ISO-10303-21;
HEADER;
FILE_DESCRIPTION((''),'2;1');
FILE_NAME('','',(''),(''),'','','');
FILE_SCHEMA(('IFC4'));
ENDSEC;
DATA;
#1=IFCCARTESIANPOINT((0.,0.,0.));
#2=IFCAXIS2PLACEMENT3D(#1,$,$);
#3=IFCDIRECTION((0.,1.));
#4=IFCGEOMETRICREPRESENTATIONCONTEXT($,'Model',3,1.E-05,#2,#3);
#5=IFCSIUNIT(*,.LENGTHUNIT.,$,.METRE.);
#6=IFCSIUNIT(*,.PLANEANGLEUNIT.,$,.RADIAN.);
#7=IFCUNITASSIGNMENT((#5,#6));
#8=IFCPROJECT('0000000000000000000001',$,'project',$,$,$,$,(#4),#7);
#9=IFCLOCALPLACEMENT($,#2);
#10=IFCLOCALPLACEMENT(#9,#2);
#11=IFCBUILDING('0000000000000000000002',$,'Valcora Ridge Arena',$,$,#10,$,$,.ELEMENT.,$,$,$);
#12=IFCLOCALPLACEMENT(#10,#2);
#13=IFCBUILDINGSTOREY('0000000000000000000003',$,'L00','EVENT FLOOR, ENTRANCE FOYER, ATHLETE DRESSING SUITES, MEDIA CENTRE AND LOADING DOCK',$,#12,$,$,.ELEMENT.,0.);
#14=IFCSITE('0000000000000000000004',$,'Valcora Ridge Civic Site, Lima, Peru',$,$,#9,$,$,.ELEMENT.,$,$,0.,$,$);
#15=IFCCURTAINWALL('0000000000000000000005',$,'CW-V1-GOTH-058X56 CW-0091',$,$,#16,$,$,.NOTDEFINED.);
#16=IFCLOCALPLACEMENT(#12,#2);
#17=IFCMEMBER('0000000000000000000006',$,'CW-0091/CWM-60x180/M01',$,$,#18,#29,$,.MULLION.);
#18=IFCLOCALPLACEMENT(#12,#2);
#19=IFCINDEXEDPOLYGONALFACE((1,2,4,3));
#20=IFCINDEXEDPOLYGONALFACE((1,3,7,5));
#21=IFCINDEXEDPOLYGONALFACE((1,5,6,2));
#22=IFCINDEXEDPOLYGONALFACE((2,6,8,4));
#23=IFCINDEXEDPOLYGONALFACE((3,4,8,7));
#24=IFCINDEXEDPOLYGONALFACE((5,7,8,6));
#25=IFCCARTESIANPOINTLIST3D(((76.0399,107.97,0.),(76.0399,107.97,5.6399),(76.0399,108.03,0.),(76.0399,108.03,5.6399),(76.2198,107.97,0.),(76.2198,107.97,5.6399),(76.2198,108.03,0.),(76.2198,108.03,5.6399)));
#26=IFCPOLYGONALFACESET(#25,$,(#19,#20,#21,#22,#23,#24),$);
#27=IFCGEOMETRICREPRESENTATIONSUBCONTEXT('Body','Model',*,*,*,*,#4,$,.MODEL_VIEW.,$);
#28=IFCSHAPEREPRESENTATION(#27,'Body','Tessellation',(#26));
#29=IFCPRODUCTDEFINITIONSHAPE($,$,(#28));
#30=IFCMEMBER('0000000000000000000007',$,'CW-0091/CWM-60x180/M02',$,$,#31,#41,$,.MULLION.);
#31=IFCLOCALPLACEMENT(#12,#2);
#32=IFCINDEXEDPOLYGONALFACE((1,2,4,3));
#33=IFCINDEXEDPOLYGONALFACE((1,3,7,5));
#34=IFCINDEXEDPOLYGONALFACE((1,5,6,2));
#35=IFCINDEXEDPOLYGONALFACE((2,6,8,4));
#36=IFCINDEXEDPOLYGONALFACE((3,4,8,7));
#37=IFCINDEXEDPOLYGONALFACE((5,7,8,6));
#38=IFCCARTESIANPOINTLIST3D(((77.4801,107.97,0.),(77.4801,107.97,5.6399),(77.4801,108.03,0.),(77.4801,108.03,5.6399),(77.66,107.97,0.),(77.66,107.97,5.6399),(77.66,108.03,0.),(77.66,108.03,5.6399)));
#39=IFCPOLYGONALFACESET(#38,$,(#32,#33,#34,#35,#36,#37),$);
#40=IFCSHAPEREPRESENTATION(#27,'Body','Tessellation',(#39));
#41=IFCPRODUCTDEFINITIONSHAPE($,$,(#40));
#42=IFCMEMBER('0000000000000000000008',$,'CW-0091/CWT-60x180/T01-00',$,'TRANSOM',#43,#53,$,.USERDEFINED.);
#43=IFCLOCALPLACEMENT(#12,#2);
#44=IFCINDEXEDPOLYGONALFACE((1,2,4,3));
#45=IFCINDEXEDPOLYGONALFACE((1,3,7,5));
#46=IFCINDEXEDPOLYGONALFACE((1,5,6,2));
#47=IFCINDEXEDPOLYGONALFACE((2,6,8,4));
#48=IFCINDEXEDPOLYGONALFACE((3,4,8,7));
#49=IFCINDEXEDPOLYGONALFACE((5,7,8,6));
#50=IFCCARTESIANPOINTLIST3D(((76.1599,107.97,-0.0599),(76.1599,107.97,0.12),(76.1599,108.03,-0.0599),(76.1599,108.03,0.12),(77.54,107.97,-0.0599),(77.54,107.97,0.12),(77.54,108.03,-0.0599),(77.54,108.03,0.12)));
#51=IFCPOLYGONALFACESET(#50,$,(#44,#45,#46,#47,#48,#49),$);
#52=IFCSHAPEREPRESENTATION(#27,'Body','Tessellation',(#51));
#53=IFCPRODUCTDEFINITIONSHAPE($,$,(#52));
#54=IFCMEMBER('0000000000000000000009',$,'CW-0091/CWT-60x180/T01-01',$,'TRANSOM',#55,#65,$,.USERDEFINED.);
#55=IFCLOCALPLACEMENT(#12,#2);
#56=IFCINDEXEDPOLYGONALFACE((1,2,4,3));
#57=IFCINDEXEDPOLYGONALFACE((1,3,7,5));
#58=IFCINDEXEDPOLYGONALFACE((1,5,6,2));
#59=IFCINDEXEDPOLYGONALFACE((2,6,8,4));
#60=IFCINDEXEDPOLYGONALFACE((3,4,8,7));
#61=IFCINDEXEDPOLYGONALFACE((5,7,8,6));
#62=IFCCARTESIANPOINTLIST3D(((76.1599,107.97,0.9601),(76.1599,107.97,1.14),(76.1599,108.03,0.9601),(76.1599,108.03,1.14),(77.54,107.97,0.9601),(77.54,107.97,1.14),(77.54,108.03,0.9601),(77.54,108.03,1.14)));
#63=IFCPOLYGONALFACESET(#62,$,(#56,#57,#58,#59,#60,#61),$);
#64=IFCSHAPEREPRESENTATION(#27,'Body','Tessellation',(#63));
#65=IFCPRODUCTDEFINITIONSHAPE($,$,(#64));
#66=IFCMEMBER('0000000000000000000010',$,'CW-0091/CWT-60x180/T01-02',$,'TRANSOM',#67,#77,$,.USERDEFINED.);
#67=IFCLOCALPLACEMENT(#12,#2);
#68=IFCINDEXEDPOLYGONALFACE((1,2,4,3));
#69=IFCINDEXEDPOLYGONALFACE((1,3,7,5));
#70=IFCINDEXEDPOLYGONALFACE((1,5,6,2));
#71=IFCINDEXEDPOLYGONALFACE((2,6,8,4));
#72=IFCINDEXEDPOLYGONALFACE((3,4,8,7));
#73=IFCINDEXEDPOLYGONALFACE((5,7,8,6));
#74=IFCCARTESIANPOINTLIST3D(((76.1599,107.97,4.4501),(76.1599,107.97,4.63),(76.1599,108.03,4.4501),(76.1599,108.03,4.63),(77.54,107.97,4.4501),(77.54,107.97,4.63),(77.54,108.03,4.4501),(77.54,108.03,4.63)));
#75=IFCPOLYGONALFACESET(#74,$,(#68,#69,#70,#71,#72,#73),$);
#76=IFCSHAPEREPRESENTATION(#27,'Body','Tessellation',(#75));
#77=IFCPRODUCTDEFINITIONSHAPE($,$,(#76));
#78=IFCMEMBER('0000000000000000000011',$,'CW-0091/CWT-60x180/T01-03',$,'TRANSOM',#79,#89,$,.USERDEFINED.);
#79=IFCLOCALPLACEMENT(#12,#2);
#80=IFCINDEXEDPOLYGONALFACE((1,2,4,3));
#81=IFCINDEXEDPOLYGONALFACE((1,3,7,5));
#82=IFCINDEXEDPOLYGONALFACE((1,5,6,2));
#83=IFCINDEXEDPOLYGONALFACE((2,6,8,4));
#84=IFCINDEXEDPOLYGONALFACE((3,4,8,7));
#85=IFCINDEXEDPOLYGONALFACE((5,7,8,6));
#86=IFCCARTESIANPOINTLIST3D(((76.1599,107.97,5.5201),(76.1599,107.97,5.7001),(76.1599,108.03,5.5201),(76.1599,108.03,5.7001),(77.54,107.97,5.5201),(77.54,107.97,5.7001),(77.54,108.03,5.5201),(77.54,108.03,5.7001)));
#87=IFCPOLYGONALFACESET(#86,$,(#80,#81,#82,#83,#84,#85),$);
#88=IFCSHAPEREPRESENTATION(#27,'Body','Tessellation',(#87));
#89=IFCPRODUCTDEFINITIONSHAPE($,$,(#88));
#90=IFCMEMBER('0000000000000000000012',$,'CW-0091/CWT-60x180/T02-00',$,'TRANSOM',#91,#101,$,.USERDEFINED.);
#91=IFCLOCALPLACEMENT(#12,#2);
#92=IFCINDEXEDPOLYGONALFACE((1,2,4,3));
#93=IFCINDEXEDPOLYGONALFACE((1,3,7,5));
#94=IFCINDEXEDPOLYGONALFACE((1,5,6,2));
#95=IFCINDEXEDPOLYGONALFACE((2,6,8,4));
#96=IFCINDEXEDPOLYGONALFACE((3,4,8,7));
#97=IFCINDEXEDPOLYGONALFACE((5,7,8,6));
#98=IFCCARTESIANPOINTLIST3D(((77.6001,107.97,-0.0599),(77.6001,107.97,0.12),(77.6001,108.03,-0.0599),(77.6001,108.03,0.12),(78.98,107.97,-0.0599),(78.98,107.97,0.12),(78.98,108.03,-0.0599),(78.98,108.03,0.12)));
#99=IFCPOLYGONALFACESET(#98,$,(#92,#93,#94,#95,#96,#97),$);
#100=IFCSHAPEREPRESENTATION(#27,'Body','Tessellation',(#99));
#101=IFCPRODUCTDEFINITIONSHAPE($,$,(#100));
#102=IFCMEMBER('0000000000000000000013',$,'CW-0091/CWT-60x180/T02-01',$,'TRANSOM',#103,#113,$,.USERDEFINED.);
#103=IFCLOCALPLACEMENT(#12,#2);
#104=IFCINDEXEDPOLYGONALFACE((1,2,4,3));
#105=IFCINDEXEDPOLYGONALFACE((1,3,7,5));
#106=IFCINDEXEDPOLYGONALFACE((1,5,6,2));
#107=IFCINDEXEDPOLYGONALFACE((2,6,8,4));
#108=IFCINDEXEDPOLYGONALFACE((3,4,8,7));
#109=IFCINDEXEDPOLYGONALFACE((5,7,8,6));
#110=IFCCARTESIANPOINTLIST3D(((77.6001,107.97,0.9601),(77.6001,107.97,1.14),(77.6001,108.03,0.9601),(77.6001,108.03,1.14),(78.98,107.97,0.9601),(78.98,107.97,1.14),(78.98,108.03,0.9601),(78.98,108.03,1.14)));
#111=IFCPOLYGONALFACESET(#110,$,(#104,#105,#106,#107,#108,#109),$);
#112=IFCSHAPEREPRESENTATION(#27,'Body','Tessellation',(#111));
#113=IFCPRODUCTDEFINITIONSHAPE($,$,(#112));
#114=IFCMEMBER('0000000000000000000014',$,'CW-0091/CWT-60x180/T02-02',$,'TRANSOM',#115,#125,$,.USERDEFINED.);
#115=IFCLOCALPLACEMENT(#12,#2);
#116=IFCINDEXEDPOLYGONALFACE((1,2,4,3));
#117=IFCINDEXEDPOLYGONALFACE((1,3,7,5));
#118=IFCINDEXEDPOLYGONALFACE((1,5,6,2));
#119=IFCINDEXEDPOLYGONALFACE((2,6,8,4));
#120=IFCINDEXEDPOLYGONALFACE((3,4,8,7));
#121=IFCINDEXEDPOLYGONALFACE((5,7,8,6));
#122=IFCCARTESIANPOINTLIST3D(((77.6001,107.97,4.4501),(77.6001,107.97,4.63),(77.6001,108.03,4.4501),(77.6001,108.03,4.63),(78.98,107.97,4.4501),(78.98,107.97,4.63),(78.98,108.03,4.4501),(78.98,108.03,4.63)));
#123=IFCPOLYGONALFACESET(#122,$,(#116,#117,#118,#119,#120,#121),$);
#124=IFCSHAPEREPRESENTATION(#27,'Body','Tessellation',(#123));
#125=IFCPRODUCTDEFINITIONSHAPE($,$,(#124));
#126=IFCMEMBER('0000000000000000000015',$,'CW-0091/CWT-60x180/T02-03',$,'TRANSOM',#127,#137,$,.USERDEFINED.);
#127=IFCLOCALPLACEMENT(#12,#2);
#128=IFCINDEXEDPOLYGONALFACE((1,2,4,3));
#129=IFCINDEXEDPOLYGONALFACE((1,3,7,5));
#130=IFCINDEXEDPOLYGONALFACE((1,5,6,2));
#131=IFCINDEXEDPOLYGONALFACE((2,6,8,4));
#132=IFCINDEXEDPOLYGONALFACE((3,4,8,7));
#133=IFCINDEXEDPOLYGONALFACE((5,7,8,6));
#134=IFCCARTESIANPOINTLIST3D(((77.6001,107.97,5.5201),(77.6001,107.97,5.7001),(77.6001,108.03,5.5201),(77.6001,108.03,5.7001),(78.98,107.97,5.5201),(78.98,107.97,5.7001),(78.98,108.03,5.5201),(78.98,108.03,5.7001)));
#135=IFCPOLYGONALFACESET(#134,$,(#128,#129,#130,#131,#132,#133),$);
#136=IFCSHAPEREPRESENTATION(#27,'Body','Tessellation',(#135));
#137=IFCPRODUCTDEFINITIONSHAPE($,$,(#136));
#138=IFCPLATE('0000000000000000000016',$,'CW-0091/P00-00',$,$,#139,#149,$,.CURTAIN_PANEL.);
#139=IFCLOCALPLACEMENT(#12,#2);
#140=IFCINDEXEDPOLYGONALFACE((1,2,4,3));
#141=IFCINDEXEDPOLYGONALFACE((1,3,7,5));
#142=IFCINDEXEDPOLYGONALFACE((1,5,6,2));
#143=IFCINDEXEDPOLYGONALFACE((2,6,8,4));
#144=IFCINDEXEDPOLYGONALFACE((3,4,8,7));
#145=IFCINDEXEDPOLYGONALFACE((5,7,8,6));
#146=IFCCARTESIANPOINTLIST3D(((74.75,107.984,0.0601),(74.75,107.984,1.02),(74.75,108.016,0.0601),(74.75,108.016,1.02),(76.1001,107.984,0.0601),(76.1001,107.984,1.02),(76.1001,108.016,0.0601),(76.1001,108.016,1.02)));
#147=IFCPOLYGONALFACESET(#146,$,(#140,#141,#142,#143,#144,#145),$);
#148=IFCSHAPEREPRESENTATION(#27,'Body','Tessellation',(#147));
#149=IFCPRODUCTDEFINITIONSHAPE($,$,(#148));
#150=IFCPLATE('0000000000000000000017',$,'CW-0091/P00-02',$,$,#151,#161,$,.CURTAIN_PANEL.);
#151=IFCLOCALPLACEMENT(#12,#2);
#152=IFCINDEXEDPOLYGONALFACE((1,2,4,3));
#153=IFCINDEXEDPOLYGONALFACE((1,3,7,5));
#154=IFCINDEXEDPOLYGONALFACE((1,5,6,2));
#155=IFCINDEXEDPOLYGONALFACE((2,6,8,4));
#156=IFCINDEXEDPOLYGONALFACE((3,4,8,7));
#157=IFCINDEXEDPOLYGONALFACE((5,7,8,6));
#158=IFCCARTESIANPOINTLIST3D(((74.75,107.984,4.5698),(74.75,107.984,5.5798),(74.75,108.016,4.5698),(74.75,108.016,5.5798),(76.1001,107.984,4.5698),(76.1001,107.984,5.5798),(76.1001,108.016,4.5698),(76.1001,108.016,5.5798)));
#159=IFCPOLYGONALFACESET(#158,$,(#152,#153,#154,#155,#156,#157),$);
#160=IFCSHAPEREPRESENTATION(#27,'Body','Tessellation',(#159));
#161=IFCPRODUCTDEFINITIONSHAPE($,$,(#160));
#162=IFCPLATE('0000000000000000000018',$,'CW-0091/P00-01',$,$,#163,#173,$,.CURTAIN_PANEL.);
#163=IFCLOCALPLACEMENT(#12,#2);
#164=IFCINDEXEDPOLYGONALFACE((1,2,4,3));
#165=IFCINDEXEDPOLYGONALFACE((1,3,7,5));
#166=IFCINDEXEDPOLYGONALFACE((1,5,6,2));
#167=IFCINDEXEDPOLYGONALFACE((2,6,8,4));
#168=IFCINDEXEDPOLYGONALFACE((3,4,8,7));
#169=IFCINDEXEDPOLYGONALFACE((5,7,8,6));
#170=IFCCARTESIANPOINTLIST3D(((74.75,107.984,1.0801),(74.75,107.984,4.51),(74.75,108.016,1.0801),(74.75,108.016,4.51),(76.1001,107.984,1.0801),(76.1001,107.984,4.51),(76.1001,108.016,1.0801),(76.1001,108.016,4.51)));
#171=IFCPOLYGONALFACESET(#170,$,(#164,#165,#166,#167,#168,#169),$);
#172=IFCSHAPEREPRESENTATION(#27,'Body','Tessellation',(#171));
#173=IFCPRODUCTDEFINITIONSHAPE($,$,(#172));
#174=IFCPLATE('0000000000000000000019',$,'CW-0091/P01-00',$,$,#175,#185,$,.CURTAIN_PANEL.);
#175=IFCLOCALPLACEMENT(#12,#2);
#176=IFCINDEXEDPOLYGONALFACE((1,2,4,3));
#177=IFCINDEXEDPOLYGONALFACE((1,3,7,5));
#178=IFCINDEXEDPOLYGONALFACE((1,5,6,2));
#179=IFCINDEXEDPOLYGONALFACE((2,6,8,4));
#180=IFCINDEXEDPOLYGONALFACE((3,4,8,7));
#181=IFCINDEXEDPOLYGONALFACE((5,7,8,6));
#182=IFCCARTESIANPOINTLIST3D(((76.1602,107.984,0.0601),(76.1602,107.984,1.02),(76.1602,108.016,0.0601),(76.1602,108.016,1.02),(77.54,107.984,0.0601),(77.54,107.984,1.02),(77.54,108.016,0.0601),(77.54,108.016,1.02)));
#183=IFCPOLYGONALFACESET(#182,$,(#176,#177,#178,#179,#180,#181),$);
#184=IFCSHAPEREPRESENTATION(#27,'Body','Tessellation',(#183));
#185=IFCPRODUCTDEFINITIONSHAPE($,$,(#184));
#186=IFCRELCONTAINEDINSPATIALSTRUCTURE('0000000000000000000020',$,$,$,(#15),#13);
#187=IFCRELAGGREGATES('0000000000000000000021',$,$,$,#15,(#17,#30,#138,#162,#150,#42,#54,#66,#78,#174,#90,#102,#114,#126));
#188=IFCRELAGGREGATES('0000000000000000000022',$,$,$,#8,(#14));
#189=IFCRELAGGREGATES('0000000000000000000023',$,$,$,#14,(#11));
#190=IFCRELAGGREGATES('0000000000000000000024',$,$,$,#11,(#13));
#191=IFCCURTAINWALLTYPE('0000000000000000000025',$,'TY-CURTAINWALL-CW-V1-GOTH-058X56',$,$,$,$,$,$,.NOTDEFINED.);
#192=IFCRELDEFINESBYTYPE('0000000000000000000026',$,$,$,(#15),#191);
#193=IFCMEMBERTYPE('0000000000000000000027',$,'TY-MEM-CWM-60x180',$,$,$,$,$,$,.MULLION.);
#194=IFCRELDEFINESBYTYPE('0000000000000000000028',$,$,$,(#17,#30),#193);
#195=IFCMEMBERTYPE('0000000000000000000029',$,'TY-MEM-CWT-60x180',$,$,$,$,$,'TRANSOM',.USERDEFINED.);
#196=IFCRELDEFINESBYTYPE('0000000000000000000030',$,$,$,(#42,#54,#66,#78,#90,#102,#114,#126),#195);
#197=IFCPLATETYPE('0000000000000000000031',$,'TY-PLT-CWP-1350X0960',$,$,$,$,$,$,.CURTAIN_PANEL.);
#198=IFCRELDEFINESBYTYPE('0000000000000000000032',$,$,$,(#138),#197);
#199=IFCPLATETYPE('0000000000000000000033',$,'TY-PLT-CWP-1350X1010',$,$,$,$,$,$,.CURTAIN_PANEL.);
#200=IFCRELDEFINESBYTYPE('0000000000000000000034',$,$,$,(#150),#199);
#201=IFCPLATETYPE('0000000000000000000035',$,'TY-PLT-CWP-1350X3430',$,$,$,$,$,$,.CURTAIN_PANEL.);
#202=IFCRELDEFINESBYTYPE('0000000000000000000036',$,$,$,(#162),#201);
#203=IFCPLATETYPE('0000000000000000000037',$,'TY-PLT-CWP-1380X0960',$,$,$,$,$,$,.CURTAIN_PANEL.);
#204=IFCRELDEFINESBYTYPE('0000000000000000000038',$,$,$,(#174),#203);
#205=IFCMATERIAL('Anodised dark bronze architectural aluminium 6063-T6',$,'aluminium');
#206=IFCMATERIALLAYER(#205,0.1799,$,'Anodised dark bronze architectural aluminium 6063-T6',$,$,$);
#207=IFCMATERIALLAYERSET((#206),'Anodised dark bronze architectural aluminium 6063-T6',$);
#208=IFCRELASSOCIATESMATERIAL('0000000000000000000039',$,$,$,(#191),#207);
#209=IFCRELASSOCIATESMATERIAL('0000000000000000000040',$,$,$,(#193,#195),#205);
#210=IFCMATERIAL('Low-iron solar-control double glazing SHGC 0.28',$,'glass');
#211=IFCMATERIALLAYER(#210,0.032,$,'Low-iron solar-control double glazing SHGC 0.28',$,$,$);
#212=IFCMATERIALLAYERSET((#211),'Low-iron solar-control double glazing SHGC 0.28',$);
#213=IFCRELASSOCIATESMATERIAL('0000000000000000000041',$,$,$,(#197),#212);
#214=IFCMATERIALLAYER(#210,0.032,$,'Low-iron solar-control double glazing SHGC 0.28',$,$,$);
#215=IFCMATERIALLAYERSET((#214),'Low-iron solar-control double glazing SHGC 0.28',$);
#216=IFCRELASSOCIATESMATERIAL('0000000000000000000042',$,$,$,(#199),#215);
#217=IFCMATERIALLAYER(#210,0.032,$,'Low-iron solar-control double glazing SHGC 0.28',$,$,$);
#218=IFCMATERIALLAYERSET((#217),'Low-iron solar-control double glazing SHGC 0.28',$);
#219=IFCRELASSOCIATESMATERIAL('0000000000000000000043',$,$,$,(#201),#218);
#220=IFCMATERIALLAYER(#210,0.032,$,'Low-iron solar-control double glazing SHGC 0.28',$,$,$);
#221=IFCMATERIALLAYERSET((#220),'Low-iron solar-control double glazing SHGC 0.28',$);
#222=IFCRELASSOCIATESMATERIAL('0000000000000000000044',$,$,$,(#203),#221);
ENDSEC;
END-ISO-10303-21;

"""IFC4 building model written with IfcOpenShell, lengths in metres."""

from ifc_helpers import new_model, si_unit, direction, frame, origin, origin_2d, place, context, subcontext, project, spatial, rectangle, extrude, material, layer, layer_set, material_profile, profile_set, type_object, element, aggregate, save


model = new_model("IFC4")

# Units and contexts
model_context = context("Model", 3, precision=1e-05, world=origin(), true_north=direction((0.0, 1.0)))
body_context = subcontext(model_context, "Body", "Model", "MODEL_VIEW")
ifc_project = project(units=[si_unit("LENGTHUNIT", "METRE"), si_unit("PLANEANGLEUNIT", "RADIAN")], contexts=[model_context])

# Site, building, storey
site_placement = place(None, origin())
site = spatial("IfcSite", under=ifc_project, at=site_placement, Name="Valcora Ridge Civic Site, Lima, Peru", CompositionType="ELEMENT", RefElevation=0.0)
building_placement = place(site_placement, origin())
building = spatial("IfcBuilding", under=site, at=building_placement, Name="Valcora Ridge Arena", CompositionType="ELEMENT")
storey_placement = place(building_placement, origin())
storey = spatial("IfcBuildingStorey", under=building, at=storey_placement, Name="L00", Description="EVENT FLOOR, ENTRANCE FOYER, ATHLETE DRESSING SUITES, MEDIA CENTRE AND LOADING DOCK", CompositionType="ELEMENT", Elevation=0.0)

# Curtain wall, members, plates
ifc_material_1 = material(Name="Anodised dark bronze architectural aluminium 6063-T6", Category="aluminium")
ifc_layer_1 = layer(ifc_material_1, 0.1799, Name="Anodised dark bronze architectural aluminium 6063-T6")
ifc_layer_set_1 = layer_set([ifc_layer_1], Name="Anodised dark bronze architectural aluminium 6063-T6")
curtain_wall_type = type_object("IfcCurtainWallType", Name="TY-CURTAINWALL-CW-V1-GOTH-058X56", PredefinedType="NOTDEFINED", material=ifc_layer_set_1)
curtain_wall_placement = place(storey_placement, origin())
curtain_wall = element("IfcCurtainWall", 1, at=curtain_wall_placement, inside=storey, type_object=curtain_wall_type, Name="CW-V1-GOTH-058X56 CW-0091", PredefinedType="NOTDEFINED")
ifc_material_profile_1 = material_profile(ifc_material_1, rectangle(XDim=0.0601, YDim=0.1799, at=origin_2d()), Name="ALU MULLION 60x180")
ifc_profile_set_1 = profile_set([ifc_material_profile_1], Name="Anodised dark bronze architectural aluminium 6063-T6")
member_type_1 = type_object("IfcMemberType", Name="TY-MEM-CWM-60x180", PredefinedType="MULLION", material=ifc_profile_set_1)
member_1_placement = place(storey_placement, frame((76.1299, 108.0, 0.0), z_axis=(0.0, 0.0, 1.0), x_axis=(0.0, 1.0, 0.0)))
member_1 = element("IfcMember", 2, at=member_1_placement, type_object=member_type_1, Name="CW-0091/CWM-60x180/M01", PredefinedType="MULLION", context=body_context, shape_type="SweptSolid", body=[
    extrude(rectangle(XDim=0.0601, YDim=0.1799, at=origin_2d()), origin(), (0.0, 0.0, 1.0), 5.6399),
])
member_2_placement = place(storey_placement, frame((77.5701, 108.0, 0.0), z_axis=(0.0, 0.0, 1.0), x_axis=(0.0, 1.0, 0.0)))
member_2 = element("IfcMember", 3, at=member_2_placement, type_object=member_type_1, Name="CW-0091/CWM-60x180/M02", PredefinedType="MULLION", context=body_context, shape_type="SweptSolid", body=[
    extrude(rectangle(XDim=0.0601, YDim=0.1799, at=origin_2d()), origin(), (0.0, 0.0, 1.0), 5.6399),
])
ifc_material_profile_2 = material_profile(ifc_material_1, rectangle(XDim=0.0601, YDim=0.1799, at=origin_2d()), Name="ALU TRANSOM 60x180")
ifc_profile_set_2 = profile_set([ifc_material_profile_2], Name="Anodised dark bronze architectural aluminium 6063-T6")
member_type_2 = type_object("IfcMemberType", Name="TY-MEM-CWT-60x180", ElementType="TRANSOM", PredefinedType="USERDEFINED", material=ifc_profile_set_2)
member_3_placement = place(storey_placement, frame((76.1599, 108.0, 0.03), z_axis=(1.0, 0.0, 0.0), x_axis=(0.0, 1.0, 0.0)))
member_3 = element("IfcMember", 4, at=member_3_placement, type_object=member_type_2, Name="CW-0091/CWT-60x180/T01-00", ObjectType="TRANSOM", PredefinedType="USERDEFINED", context=body_context, shape_type="SweptSolid", body=[
    extrude(rectangle(XDim=0.0601, YDim=0.1799, at=origin_2d()), origin(), (0.0, 0.0, 1.0), 1.3801),
])
member_4_placement = place(storey_placement, frame((76.1599, 108.0, 1.05), z_axis=(1.0, 0.0, 0.0), x_axis=(0.0, 1.0, 0.0)))
member_4 = element("IfcMember", 5, at=member_4_placement, type_object=member_type_2, Name="CW-0091/CWT-60x180/T01-01", ObjectType="TRANSOM", PredefinedType="USERDEFINED", context=body_context, shape_type="SweptSolid", body=[
    extrude(rectangle(XDim=0.0601, YDim=0.1799, at=origin_2d()), origin(), (0.0, 0.0, 1.0), 1.3801),
])
member_5_placement = place(storey_placement, frame((76.1599, 108.0, 4.54), z_axis=(1.0, 0.0, 0.0), x_axis=(0.0, 1.0, 0.0)))
member_5 = element("IfcMember", 6, at=member_5_placement, type_object=member_type_2, Name="CW-0091/CWT-60x180/T01-02", ObjectType="TRANSOM", PredefinedType="USERDEFINED", context=body_context, shape_type="SweptSolid", body=[
    extrude(rectangle(XDim=0.0601, YDim=0.1799, at=origin_2d()), origin(), (0.0, 0.0, 1.0), 1.3801),
])
member_6_placement = place(storey_placement, frame((76.1599, 108.0, 5.6101), z_axis=(1.0, 0.0, 0.0), x_axis=(0.0, 1.0, 0.0)))
member_6 = element("IfcMember", 7, at=member_6_placement, type_object=member_type_2, Name="CW-0091/CWT-60x180/T01-03", ObjectType="TRANSOM", PredefinedType="USERDEFINED", context=body_context, shape_type="SweptSolid", body=[
    extrude(rectangle(XDim=0.0601, YDim=0.1799, at=origin_2d()), origin(), (0.0, 0.0, 1.0), 1.3801),
])
member_7_placement = place(storey_placement, frame((77.6001, 108.0, 0.03), z_axis=(1.0, 0.0, 0.0), x_axis=(0.0, 1.0, 0.0)))
member_7 = element("IfcMember", 8, at=member_7_placement, type_object=member_type_2, Name="CW-0091/CWT-60x180/T02-00", ObjectType="TRANSOM", PredefinedType="USERDEFINED", context=body_context, shape_type="SweptSolid", body=[
    extrude(rectangle(XDim=0.0601, YDim=0.1799, at=origin_2d()), origin(), (0.0, 0.0, 1.0), 1.3799),
])
member_8_placement = place(storey_placement, frame((77.6001, 108.0, 1.05), z_axis=(1.0, 0.0, 0.0), x_axis=(0.0, 1.0, 0.0)))
member_8 = element("IfcMember", 9, at=member_8_placement, type_object=member_type_2, Name="CW-0091/CWT-60x180/T02-01", ObjectType="TRANSOM", PredefinedType="USERDEFINED", context=body_context, shape_type="SweptSolid", body=[
    extrude(rectangle(XDim=0.0601, YDim=0.1799, at=origin_2d()), origin(), (0.0, 0.0, 1.0), 1.3799),
])
member_9_placement = place(storey_placement, frame((77.6001, 108.0, 4.54), z_axis=(1.0, 0.0, 0.0), x_axis=(0.0, 1.0, 0.0)))
member_9 = element("IfcMember", 10, at=member_9_placement, type_object=member_type_2, Name="CW-0091/CWT-60x180/T02-02", ObjectType="TRANSOM", PredefinedType="USERDEFINED", context=body_context, shape_type="SweptSolid", body=[
    extrude(rectangle(XDim=0.0601, YDim=0.1799, at=origin_2d()), origin(), (0.0, 0.0, 1.0), 1.3799),
])
member_10_placement = place(storey_placement, frame((77.6001, 108.0, 5.6101), z_axis=(1.0, 0.0, 0.0), x_axis=(0.0, 1.0, 0.0)))
member_10 = element("IfcMember", 11, at=member_10_placement, type_object=member_type_2, Name="CW-0091/CWT-60x180/T02-03", ObjectType="TRANSOM", PredefinedType="USERDEFINED", context=body_context, shape_type="SweptSolid", body=[
    extrude(rectangle(XDim=0.0601, YDim=0.1799, at=origin_2d()), origin(), (0.0, 0.0, 1.0), 1.3799),
])
ifc_material_2 = material(Name="Low-iron solar-control double glazing SHGC 0.28", Category="glass")
ifc_layer_2 = layer(ifc_material_2, 0.032, Name="Low-iron solar-control double glazing SHGC 0.28")
ifc_layer_set_2 = layer_set([ifc_layer_2], Name="Low-iron solar-control double glazing SHGC 0.28")
plate_type_1 = type_object("IfcPlateType", Name="TY-PLT-CWP-1350X0960", PredefinedType="CURTAIN_PANEL", material=ifc_layer_set_2)
plate_1_placement = place(storey_placement, frame((75.425, 108.0, 0.0601), z_axis=(0.0, 0.0, 1.0), x_axis=(1.0, 0.0, 0.0)))
plate_1 = element("IfcPlate", 12, at=plate_1_placement, type_object=plate_type_1, Name="CW-0091/P00-00", PredefinedType="CURTAIN_PANEL", context=body_context, shape_type="SweptSolid", body=[
    extrude(rectangle(XDim=1.3501, YDim=0.032, at=origin_2d()), origin(), (0.0, 0.0, 1.0), 0.96),
])
ifc_layer_3 = layer(ifc_material_2, 0.032, Name="Low-iron solar-control double glazing SHGC 0.28")
ifc_layer_set_3 = layer_set([ifc_layer_3], Name="Low-iron solar-control double glazing SHGC 0.28")
plate_type_2 = type_object("IfcPlateType", Name="TY-PLT-CWP-1350X1010", PredefinedType="CURTAIN_PANEL", material=ifc_layer_set_3)
plate_2_placement = place(storey_placement, frame((75.425, 108.0, 4.5698), z_axis=(0.0, 0.0, 1.0), x_axis=(1.0, 0.0, 0.0)))
plate_2 = element("IfcPlate", 13, at=plate_2_placement, type_object=plate_type_2, Name="CW-0091/P00-02", PredefinedType="CURTAIN_PANEL", context=body_context, shape_type="SweptSolid", body=[
    extrude(rectangle(XDim=1.3501, YDim=0.032, at=origin_2d()), origin(), (0.0, 0.0, 1.0), 1.01),
])
ifc_layer_4 = layer(ifc_material_2, 0.032, Name="Low-iron solar-control double glazing SHGC 0.28")
ifc_layer_set_4 = layer_set([ifc_layer_4], Name="Low-iron solar-control double glazing SHGC 0.28")
plate_type_3 = type_object("IfcPlateType", Name="TY-PLT-CWP-1350X3430", PredefinedType="CURTAIN_PANEL", material=ifc_layer_set_4)
plate_3_placement = place(storey_placement, frame((75.425, 108.0, 1.0801), z_axis=(0.0, 0.0, 1.0), x_axis=(1.0, 0.0, 0.0)))
plate_3 = element("IfcPlate", 14, at=plate_3_placement, type_object=plate_type_3, Name="CW-0091/P00-01", PredefinedType="CURTAIN_PANEL", context=body_context, shape_type="SweptSolid", body=[
    extrude(rectangle(XDim=1.3501, YDim=0.032, at=origin_2d()), origin(), (0.0, 0.0, 1.0), 3.4299),
])
ifc_layer_5 = layer(ifc_material_2, 0.032, Name="Low-iron solar-control double glazing SHGC 0.28")
ifc_layer_set_5 = layer_set([ifc_layer_5], Name="Low-iron solar-control double glazing SHGC 0.28")
plate_type_4 = type_object("IfcPlateType", Name="TY-PLT-CWP-1380X0960", PredefinedType="CURTAIN_PANEL", material=ifc_layer_set_5)
plate_4_placement = place(storey_placement, frame((76.8501, 108.0, 0.0601), z_axis=(0.0, 0.0, 1.0), x_axis=(1.0, 0.0, 0.0)))
plate_4 = element("IfcPlate", 15, at=plate_4_placement, type_object=plate_type_4, Name="CW-0091/P01-00", PredefinedType="CURTAIN_PANEL", context=body_context, shape_type="SweptSolid", body=[
    extrude(rectangle(XDim=1.3799, YDim=0.032, at=origin_2d()), origin(), (0.0, 0.0, 1.0), 0.96),
])
aggregate(curtain_wall, [member_1, member_2, plate_1, plate_3, plate_2, member_3, member_4, member_5, member_6, plate_4, member_7, member_8, member_9, member_10])

save(model, "model.ifc")
